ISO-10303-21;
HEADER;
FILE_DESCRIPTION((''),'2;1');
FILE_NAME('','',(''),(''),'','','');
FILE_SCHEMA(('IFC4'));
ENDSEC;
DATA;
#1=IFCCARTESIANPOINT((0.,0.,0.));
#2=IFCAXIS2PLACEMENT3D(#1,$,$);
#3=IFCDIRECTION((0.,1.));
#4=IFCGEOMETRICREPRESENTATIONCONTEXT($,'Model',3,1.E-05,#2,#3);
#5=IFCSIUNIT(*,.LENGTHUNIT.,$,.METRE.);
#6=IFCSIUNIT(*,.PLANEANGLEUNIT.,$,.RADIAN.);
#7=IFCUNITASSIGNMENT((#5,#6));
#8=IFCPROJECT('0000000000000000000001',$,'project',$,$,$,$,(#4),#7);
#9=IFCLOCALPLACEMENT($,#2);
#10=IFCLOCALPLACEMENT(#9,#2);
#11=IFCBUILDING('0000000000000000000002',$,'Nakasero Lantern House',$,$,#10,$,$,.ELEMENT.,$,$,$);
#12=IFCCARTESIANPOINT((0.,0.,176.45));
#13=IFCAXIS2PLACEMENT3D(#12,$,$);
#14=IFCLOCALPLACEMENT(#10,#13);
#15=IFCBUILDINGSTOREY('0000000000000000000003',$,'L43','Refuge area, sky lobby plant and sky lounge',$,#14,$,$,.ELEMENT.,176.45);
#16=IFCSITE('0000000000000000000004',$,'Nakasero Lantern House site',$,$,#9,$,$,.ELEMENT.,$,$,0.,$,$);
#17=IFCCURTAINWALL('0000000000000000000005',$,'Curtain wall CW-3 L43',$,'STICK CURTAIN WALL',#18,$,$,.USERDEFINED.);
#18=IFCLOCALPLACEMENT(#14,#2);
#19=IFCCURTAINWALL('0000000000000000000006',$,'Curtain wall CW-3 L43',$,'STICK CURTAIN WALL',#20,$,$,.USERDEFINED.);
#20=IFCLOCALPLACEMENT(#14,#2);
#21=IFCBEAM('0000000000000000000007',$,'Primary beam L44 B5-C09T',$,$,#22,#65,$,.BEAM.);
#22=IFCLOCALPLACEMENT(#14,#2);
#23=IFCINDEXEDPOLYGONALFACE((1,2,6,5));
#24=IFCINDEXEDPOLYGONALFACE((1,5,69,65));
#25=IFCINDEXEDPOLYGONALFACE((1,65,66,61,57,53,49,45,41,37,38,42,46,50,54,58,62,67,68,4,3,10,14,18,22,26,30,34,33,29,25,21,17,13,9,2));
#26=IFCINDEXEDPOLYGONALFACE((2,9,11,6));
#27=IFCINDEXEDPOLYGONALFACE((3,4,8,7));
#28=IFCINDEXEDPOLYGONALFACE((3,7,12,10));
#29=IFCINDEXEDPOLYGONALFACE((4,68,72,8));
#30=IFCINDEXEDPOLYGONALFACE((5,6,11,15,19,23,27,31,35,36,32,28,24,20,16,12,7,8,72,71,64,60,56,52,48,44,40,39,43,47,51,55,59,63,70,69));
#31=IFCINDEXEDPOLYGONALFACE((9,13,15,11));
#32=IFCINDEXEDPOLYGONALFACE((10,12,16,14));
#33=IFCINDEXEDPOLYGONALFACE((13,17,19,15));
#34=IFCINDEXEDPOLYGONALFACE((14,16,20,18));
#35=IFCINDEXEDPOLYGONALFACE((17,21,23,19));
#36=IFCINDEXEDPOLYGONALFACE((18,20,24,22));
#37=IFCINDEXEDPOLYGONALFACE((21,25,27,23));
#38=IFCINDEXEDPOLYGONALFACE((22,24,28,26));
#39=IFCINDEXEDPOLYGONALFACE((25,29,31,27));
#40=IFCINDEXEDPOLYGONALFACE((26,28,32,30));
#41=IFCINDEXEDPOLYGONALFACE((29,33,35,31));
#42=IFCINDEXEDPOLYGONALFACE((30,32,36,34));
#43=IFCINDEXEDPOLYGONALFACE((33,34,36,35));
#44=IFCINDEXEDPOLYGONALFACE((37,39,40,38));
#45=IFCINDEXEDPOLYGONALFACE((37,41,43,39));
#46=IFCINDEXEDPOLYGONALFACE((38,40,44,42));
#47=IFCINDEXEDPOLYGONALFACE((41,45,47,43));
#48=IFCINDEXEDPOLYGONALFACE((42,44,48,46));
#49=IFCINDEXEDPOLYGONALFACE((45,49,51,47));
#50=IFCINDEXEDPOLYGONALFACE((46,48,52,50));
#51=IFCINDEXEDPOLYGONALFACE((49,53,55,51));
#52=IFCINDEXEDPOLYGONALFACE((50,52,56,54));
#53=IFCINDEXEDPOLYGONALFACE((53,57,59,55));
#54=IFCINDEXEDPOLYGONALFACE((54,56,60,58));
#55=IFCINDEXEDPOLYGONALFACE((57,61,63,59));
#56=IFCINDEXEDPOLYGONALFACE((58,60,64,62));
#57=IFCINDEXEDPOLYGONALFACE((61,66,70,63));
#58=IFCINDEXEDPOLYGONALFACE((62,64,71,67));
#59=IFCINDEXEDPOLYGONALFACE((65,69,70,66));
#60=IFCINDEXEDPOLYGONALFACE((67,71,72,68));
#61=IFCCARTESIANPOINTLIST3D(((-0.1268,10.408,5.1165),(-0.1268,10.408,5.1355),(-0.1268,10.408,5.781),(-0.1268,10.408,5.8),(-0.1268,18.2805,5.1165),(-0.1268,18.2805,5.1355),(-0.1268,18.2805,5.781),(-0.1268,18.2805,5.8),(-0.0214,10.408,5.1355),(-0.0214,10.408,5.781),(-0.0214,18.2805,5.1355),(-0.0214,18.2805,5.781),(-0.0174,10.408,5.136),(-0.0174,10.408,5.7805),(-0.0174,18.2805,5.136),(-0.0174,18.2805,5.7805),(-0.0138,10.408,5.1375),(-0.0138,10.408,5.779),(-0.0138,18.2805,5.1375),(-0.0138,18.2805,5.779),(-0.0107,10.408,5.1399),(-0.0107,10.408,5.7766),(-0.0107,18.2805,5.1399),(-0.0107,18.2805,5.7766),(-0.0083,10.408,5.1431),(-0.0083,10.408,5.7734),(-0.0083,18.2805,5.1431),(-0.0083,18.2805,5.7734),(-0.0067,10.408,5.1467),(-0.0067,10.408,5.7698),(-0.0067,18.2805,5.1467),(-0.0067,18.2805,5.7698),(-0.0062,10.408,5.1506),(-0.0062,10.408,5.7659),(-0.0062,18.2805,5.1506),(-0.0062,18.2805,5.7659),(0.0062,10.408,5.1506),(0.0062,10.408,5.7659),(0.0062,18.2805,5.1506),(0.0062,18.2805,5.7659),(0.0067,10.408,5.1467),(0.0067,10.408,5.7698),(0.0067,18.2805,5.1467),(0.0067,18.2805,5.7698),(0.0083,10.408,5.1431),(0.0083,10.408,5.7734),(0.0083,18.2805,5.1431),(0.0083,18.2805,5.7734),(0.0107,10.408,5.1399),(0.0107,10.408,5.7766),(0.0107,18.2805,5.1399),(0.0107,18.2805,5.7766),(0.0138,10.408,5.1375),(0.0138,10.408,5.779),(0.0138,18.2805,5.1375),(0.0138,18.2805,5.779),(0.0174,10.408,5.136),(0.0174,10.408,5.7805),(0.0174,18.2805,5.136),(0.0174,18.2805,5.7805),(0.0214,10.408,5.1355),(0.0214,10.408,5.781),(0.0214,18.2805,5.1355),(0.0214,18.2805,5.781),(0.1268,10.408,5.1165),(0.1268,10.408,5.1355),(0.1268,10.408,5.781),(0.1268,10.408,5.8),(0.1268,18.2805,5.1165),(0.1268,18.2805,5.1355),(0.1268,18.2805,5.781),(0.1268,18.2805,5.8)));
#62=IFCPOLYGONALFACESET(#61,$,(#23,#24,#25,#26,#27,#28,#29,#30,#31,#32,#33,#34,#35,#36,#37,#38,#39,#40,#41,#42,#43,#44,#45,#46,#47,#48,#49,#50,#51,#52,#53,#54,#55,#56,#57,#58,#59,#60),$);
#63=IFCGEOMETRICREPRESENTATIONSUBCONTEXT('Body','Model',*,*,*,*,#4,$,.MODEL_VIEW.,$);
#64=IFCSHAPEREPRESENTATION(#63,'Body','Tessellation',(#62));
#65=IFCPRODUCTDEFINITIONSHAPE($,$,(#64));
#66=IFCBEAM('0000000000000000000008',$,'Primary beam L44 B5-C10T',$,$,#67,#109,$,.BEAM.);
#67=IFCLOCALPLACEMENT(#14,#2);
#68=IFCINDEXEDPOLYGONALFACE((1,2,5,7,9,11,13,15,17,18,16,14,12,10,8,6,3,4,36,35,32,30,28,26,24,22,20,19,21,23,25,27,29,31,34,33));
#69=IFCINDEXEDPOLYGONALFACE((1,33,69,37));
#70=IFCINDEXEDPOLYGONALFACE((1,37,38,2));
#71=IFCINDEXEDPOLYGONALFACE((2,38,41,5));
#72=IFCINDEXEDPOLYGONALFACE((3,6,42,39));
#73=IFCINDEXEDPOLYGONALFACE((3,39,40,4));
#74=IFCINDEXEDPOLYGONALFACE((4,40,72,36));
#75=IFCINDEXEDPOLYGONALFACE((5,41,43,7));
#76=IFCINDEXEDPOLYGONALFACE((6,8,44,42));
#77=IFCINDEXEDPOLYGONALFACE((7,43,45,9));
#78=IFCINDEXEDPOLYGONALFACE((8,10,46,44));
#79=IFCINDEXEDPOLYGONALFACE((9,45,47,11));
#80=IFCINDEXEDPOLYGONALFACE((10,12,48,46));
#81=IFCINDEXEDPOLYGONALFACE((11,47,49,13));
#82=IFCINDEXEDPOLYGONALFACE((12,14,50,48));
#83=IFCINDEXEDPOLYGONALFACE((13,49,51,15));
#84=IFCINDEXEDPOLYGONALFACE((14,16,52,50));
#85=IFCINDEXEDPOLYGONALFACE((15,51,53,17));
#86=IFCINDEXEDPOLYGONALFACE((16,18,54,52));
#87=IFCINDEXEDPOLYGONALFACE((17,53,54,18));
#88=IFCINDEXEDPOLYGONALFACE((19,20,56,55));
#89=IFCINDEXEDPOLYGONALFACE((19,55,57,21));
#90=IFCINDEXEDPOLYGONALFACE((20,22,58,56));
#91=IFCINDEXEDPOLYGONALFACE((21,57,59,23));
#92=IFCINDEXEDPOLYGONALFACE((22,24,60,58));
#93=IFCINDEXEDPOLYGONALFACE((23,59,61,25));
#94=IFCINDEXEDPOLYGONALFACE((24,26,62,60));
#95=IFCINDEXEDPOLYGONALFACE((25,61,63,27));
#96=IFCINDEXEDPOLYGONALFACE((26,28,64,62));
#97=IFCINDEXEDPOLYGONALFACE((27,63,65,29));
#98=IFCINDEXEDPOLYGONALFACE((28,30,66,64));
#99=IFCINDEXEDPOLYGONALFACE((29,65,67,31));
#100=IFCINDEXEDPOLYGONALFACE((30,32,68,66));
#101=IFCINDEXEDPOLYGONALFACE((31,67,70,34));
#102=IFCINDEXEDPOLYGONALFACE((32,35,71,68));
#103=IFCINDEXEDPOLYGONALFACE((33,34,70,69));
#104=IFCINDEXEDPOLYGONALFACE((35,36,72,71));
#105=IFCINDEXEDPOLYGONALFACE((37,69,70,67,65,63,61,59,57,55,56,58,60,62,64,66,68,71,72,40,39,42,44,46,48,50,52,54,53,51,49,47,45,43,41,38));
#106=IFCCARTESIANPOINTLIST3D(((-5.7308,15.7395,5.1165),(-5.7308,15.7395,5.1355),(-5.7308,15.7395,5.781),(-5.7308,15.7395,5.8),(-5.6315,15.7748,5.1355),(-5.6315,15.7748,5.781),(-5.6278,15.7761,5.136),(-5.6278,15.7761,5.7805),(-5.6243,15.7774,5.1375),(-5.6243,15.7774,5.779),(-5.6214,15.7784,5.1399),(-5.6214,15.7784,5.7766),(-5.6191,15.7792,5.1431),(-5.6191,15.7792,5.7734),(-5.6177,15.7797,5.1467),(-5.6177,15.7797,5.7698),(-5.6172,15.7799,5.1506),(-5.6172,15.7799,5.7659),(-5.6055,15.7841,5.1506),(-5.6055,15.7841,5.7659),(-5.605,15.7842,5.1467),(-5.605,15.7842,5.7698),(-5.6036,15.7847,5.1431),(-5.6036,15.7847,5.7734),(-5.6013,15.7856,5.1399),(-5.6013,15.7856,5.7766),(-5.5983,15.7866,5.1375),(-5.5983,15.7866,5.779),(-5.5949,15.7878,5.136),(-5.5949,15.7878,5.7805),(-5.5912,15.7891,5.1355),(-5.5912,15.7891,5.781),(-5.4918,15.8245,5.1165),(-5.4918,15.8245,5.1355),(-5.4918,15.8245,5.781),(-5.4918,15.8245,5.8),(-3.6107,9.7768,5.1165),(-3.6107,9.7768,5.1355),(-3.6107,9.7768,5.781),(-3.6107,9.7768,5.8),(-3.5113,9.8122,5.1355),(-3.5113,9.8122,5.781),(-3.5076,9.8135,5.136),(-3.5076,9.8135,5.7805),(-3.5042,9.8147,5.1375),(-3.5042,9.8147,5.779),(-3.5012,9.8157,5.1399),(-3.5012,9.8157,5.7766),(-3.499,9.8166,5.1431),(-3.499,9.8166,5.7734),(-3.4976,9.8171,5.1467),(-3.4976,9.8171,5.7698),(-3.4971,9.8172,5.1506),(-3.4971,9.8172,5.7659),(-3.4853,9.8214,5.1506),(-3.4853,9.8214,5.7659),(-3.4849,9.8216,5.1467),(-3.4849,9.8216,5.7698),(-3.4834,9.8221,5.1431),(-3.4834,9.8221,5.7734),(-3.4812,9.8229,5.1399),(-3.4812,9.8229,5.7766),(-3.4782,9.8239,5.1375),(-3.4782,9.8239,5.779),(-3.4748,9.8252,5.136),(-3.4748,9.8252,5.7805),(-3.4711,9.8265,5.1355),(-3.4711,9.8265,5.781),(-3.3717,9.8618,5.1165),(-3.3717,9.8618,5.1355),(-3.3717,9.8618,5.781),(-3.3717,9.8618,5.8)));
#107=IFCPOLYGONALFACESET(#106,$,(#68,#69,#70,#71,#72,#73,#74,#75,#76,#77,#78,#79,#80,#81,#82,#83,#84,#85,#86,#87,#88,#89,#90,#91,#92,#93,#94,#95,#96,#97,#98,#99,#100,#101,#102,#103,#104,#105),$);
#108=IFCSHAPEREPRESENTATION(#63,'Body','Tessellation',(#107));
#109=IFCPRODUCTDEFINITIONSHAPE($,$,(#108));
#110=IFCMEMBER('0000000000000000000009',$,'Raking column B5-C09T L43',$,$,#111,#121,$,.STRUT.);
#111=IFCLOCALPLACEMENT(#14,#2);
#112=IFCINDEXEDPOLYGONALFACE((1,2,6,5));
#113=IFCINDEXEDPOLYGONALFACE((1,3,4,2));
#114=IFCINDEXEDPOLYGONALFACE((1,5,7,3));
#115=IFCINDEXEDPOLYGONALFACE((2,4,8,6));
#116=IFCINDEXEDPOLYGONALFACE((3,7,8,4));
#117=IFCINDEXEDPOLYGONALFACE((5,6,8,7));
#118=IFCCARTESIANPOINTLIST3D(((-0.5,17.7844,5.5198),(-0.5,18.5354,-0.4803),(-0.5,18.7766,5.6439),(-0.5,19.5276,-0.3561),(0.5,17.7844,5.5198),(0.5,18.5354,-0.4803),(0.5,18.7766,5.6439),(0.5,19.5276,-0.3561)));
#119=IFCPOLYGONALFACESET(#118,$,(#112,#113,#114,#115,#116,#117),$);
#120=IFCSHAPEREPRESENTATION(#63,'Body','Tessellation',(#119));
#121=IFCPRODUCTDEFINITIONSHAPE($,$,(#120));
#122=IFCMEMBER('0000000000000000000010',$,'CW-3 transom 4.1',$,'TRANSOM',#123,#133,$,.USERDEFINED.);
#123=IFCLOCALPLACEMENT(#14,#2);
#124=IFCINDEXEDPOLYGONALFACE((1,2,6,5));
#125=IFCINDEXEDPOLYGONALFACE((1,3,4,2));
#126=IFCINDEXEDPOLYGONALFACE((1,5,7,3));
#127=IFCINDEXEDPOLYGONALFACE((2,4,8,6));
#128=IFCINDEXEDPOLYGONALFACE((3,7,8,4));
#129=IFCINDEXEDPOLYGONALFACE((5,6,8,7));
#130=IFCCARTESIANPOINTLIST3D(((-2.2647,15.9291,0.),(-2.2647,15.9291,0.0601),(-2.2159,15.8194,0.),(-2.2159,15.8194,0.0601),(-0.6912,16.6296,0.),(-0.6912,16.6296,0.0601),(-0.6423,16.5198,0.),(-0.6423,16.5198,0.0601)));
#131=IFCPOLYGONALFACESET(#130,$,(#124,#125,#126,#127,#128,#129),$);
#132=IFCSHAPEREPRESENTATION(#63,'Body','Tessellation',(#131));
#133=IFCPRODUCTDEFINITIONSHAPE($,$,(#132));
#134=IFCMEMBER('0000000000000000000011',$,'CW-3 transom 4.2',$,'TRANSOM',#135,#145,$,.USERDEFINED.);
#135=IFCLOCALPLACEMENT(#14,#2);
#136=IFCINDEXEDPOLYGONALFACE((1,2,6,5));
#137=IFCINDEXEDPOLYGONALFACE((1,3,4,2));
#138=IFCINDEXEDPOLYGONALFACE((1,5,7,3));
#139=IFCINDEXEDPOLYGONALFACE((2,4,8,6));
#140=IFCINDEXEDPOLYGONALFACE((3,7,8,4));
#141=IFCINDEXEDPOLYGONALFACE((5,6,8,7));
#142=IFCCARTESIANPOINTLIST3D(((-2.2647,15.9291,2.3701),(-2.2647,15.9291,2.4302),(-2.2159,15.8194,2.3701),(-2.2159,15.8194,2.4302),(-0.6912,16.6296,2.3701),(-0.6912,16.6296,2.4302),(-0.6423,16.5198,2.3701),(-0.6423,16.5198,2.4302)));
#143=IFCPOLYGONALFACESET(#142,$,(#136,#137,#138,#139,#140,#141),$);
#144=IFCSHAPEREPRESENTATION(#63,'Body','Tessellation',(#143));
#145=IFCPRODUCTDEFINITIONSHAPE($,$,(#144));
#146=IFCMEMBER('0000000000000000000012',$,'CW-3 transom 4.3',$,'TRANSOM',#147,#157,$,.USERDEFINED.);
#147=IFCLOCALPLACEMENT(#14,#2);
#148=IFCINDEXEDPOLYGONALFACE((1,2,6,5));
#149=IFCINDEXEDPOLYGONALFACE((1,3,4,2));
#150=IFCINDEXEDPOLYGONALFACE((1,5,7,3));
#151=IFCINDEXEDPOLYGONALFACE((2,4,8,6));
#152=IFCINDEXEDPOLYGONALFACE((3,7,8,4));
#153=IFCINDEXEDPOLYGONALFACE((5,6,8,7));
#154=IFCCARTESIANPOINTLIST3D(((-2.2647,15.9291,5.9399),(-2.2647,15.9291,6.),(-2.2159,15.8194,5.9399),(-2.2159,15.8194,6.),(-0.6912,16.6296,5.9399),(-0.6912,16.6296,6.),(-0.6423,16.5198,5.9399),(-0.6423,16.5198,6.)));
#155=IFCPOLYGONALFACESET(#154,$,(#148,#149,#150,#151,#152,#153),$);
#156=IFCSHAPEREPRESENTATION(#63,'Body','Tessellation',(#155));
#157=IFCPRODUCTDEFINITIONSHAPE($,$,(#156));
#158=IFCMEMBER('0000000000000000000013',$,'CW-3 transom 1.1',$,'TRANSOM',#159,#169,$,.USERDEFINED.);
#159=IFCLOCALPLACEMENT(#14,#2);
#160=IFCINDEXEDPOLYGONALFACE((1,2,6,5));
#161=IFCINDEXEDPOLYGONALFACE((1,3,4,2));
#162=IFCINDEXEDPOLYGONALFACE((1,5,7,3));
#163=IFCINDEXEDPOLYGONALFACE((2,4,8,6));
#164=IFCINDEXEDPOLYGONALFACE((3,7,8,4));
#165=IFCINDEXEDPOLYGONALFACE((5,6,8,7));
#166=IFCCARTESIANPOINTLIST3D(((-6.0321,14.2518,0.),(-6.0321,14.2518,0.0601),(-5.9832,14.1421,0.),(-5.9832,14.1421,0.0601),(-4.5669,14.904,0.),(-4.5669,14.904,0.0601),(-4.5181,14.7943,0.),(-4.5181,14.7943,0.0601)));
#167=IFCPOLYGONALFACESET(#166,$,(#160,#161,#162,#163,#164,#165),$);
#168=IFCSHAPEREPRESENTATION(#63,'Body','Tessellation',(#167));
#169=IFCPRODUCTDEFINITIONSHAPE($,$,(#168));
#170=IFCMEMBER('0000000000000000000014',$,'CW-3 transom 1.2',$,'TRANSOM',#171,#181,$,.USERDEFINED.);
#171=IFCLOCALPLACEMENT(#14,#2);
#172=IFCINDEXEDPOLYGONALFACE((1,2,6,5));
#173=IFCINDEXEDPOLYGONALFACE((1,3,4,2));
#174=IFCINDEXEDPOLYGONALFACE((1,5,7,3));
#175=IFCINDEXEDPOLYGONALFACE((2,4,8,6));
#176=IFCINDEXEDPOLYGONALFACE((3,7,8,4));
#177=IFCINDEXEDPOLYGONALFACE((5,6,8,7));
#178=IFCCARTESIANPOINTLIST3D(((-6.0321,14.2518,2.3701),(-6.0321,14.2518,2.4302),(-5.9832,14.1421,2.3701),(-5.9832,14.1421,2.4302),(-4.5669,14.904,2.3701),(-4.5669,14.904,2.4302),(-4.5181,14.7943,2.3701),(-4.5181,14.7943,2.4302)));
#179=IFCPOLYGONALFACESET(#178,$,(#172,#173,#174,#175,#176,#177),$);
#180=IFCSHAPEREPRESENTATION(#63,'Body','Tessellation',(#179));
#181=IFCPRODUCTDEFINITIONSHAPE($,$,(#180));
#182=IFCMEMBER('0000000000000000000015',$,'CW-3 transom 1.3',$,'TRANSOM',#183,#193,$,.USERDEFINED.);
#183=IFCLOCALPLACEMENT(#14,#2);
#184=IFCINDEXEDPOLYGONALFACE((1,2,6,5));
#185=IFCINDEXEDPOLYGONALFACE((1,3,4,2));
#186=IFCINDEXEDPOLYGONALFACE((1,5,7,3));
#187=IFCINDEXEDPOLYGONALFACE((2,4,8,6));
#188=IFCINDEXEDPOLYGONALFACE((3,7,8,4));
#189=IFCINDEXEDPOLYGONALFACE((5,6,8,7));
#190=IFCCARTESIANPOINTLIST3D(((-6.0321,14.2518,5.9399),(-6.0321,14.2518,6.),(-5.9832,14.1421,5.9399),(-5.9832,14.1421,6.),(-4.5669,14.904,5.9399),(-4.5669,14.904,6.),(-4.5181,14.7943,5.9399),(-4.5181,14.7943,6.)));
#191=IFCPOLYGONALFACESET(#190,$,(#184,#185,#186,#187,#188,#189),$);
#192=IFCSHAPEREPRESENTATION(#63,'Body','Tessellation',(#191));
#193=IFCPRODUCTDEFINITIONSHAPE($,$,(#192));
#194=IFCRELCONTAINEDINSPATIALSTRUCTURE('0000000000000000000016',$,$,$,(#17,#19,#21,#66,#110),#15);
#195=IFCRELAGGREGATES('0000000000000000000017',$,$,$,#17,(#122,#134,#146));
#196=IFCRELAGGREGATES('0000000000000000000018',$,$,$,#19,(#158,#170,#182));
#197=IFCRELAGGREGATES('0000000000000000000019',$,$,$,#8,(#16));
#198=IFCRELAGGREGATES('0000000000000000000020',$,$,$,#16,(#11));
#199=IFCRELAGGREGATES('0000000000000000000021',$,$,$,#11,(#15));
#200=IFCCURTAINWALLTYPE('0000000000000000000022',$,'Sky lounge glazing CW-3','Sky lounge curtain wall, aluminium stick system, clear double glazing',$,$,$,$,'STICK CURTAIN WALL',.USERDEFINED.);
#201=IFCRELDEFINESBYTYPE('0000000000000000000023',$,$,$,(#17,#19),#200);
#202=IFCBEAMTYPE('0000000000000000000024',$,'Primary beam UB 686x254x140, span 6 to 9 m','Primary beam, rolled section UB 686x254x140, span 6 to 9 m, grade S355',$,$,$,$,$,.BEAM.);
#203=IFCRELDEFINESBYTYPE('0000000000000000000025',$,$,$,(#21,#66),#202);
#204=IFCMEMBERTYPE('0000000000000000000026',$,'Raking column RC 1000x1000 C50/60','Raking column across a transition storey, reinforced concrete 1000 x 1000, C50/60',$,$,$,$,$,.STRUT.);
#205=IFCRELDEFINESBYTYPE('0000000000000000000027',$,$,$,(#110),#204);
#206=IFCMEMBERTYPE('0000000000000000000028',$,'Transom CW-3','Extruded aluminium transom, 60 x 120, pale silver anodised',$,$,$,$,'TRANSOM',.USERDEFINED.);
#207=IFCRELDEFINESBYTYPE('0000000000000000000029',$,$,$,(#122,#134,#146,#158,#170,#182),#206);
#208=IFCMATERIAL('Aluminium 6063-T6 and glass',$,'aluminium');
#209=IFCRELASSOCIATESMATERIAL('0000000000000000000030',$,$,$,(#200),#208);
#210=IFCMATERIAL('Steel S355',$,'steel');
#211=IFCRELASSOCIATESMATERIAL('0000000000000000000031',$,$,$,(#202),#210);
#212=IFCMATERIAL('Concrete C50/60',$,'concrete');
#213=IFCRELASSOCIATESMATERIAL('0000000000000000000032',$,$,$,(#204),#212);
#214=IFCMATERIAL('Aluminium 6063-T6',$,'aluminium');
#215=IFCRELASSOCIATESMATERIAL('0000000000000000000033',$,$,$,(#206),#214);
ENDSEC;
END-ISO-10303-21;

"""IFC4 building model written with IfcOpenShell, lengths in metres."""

from ifc_helpers import new_model, si_unit, direction, frame, origin, origin_2d, place, context, subcontext, project, spatial, rectangle, i_section, extrude, material, material_profile, profile_set, type_object, element, aggregate, save


model = new_model("IFC4")

# Units and contexts
model_context = context("Model", 3, precision=1e-05, world=origin(), true_north=direction((0.0, 1.0)))
body_context = subcontext(model_context, "Body", "Model", "MODEL_VIEW")
ifc_project = project(units=[si_unit("LENGTHUNIT", "METRE"), si_unit("PLANEANGLEUNIT", "RADIAN")], contexts=[model_context])

# Site, building, storey
site_placement = place(None, origin())
site = spatial("IfcSite", under=ifc_project, at=site_placement, Name="Nakasero Lantern House site", CompositionType="ELEMENT", RefElevation=0.0)
building_placement = place(site_placement, origin())
building = spatial("IfcBuilding", under=site, at=building_placement, Name="Nakasero Lantern House", CompositionType="ELEMENT")
storey_placement = place(building_placement, frame((0.0, 0.0, 176.45)))
storey = spatial("IfcBuildingStorey", under=building, at=storey_placement, Name="L43", Description="Refuge area, sky lobby plant and sky lounge", CompositionType="ELEMENT", Elevation=176.45)

# Curtain wall
ifc_material_1 = material(Name="Aluminium 6063-T6 and glass", Category="aluminium")
curtain_wall_type = type_object("IfcCurtainWallType", Name="Sky lounge glazing CW-3", Description="Sky lounge curtain wall, aluminium stick system, clear double glazing", ElementType="STICK CURTAIN WALL", PredefinedType="USERDEFINED", material=ifc_material_1)
curtain_wall_1_placement = place(storey_placement, origin())
curtain_wall_1 = element("IfcCurtainWall", 1, at=curtain_wall_1_placement, inside=storey, type_object=curtain_wall_type, Name="Curtain wall CW-3 L43", ObjectType="STICK CURTAIN WALL", PredefinedType="USERDEFINED")

# Curtain wall
curtain_wall_2_placement = place(storey_placement, origin())
curtain_wall_2 = element("IfcCurtainWall", 2, at=curtain_wall_2_placement, inside=storey, type_object=curtain_wall_type, Name="Curtain wall CW-3 L43", ObjectType="STICK CURTAIN WALL", PredefinedType="USERDEFINED")

# Beams
ifc_material_2 = material(Name="Steel S355", Category="steel")
ifc_material_profile_1 = material_profile(ifc_material_2, i_section(OverallWidth=0.2537, OverallDepth=0.6836, WebThickness=0.0125, FlangeThickness=0.019, FilletRadius=0.0151, at=origin_2d()), Name="UB 686x254x140")
ifc_profile_set_1 = profile_set([ifc_material_profile_1], Name="Steel S355")
beam_type = type_object("IfcBeamType", Name="Primary beam UB 686x254x140, span 6 to 9 m", Description="Primary beam, rolled section UB 686x254x140, span 6 to 9 m, grade S355", PredefinedType="BEAM", material=ifc_profile_set_1)
beam_1_placement = place(storey_placement, frame((0.0, 18.2805, 5.4583), z_axis=(0.0, -1.0, 0.0), x_axis=(1.0, 0.0, 0.0)))
element("IfcBeam", 3, at=beam_1_placement, inside=storey, type_object=beam_type, Name="Primary beam L44 B5-C09T", PredefinedType="BEAM", context=body_context, shape_type="SweptSolid", body=[
    extrude(i_section(OverallWidth=0.2537, OverallDepth=0.6836, WebThickness=0.0125, FlangeThickness=0.019, FilletRadius=0.0151, at=origin_2d()), origin(), (0.0, 0.0, 1.0), 7.8726),
])
beam_2_placement = place(storey_placement, frame((-5.6113, 15.782, 5.4583), z_axis=(0.335019, -0.942211, 0.0), x_axis=(0.942211, 0.335019, 0.0)))
element("IfcBeam", 4, at=beam_2_placement, inside=storey, type_object=beam_type, Name="Primary beam L44 B5-C10T", PredefinedType="BEAM", context=body_context, shape_type="SweptSolid", body=[
    extrude(i_section(OverallWidth=0.2537, OverallDepth=0.6836, WebThickness=0.0125, FlangeThickness=0.019, FilletRadius=0.0151, at=origin_2d()), origin(), (0.0, 0.0, 1.0), 6.3284),
])

# Members
ifc_material_3 = material(Name="Concrete C50/60", Category="concrete")
ifc_material_profile_2 = material_profile(ifc_material_3, rectangle(XDim=1.0, YDim=1.0, at=origin_2d()), Name="RC 1000x1000")
ifc_profile_set_2 = profile_set([ifc_material_profile_2], Name="Concrete C50/60")
member_type_1 = type_object("IfcMemberType", Name="Raking column RC 1000x1000 C50/60", Description="Raking column across a transition storey, reinforced concrete 1000 x 1000, C50/60", PredefinedType="STRUT", material=ifc_profile_set_2)
member_1_placement = place(storey_placement, frame((0.0, 19.0315, -0.4182), z_axis=(0.0, -0.124194, 0.992258), x_axis=(1.0, 0.0, 0.0)))
element("IfcMember", 5, at=member_1_placement, inside=storey, type_object=member_type_1, Name="Raking column B5-C09T L43", PredefinedType="STRUT", context=body_context, shape_type="SweptSolid", body=[
    extrude(rectangle(XDim=1.0, YDim=1.0, at=origin_2d()), origin(), (0.0, 0.0, 1.0), 6.0469),
])
ifc_material_4 = material(Name="Aluminium 6063-T6", Category="aluminium")
ifc_material_profile_3 = material_profile(ifc_material_4, rectangle(XDim=0.0601, YDim=0.1201, at=origin_2d()), Name="CW-3 transom 60x120")
ifc_profile_set_3 = profile_set([ifc_material_profile_3], Name="Aluminium 6063-T6")
member_type_2 = type_object("IfcMemberType", Name="Transom CW-3", Description="Extruded aluminium transom, 60 x 120, pale silver anodised", ElementType="TRANSOM", PredefinedType="USERDEFINED", material=ifc_profile_set_3)
member_2_placement = place(storey_placement, frame((-0.6667, 16.5747, 0.03), z_axis=(-0.913572, -0.406678, 0.0), x_axis=(0.0, 0.0, 1.0)))
member_2 = element("IfcMember", 6, at=member_2_placement, type_object=member_type_2, Name="CW-3 transom 4.1", ObjectType="TRANSOM", PredefinedType="USERDEFINED", context=body_context, shape_type="SweptSolid", body=[
    extrude(rectangle(XDim=0.0601, YDim=0.1201, at=origin_2d()), origin(), (0.0, 0.0, 1.0), 1.7224),
])
member_3_placement = place(storey_placement, frame((-0.6667, 16.5747, 2.4001), z_axis=(-0.913572, -0.406678, 0.0), x_axis=(0.0, 0.0, 1.0)))
member_3 = element("IfcMember", 7, at=member_3_placement, type_object=member_type_2, Name="CW-3 transom 4.2", ObjectType="TRANSOM", PredefinedType="USERDEFINED", context=body_context, shape_type="SweptSolid", body=[
    extrude(rectangle(XDim=0.0601, YDim=0.1201, at=origin_2d()), origin(), (0.0, 0.0, 1.0), 1.7224),
])
member_4_placement = place(storey_placement, frame((-0.6667, 16.5747, 5.97), z_axis=(-0.913572, -0.406678, 0.0), x_axis=(0.0, 0.0, 1.0)))
member_4 = element("IfcMember", 8, at=member_4_placement, type_object=member_type_2, Name="CW-3 transom 4.3", ObjectType="TRANSOM", PredefinedType="USERDEFINED", context=body_context, shape_type="SweptSolid", body=[
    extrude(rectangle(XDim=0.0601, YDim=0.1201, at=origin_2d()), origin(), (0.0, 0.0, 1.0), 1.7224),
])
member_5_placement = place(storey_placement, frame((-4.5425, 14.8491, 0.03), z_axis=(-0.913592, -0.406633, 0.0), x_axis=(0.0, 0.0, 1.0)))
member_5 = element("IfcMember", 9, at=member_5_placement, type_object=member_type_2, Name="CW-3 transom 1.1", ObjectType="TRANSOM", PredefinedType="USERDEFINED", context=body_context, shape_type="SweptSolid", body=[
    extrude(rectangle(XDim=0.0601, YDim=0.1201, at=origin_2d()), origin(), (0.0, 0.0, 1.0), 1.6038),
])
member_6_placement = place(storey_placement, frame((-4.5425, 14.8491, 2.4001), z_axis=(-0.913592, -0.406633, 0.0), x_axis=(0.0, 0.0, 1.0)))
member_6 = element("IfcMember", 10, at=member_6_placement, type_object=member_type_2, Name="CW-3 transom 1.2", ObjectType="TRANSOM", PredefinedType="USERDEFINED", context=body_context, shape_type="SweptSolid", body=[
    extrude(rectangle(XDim=0.0601, YDim=0.1201, at=origin_2d()), origin(), (0.0, 0.0, 1.0), 1.6038),
])
member_7_placement = place(storey_placement, frame((-4.5425, 14.8491, 5.97), z_axis=(-0.913592, -0.406633, 0.0), x_axis=(0.0, 0.0, 1.0)))
member_7 = element("IfcMember", 11, at=member_7_placement, type_object=member_type_2, Name="CW-3 transom 1.3", ObjectType="TRANSOM", PredefinedType="USERDEFINED", context=body_context, shape_type="SweptSolid", body=[
    extrude(rectangle(XDim=0.0601, YDim=0.1201, at=origin_2d()), origin(), (0.0, 0.0, 1.0), 1.6038),
])

aggregate(curtain_wall_1, [member_2, member_3, member_4])
aggregate(curtain_wall_2, [member_5, member_6, member_7])

save(model, "model.ifc")
